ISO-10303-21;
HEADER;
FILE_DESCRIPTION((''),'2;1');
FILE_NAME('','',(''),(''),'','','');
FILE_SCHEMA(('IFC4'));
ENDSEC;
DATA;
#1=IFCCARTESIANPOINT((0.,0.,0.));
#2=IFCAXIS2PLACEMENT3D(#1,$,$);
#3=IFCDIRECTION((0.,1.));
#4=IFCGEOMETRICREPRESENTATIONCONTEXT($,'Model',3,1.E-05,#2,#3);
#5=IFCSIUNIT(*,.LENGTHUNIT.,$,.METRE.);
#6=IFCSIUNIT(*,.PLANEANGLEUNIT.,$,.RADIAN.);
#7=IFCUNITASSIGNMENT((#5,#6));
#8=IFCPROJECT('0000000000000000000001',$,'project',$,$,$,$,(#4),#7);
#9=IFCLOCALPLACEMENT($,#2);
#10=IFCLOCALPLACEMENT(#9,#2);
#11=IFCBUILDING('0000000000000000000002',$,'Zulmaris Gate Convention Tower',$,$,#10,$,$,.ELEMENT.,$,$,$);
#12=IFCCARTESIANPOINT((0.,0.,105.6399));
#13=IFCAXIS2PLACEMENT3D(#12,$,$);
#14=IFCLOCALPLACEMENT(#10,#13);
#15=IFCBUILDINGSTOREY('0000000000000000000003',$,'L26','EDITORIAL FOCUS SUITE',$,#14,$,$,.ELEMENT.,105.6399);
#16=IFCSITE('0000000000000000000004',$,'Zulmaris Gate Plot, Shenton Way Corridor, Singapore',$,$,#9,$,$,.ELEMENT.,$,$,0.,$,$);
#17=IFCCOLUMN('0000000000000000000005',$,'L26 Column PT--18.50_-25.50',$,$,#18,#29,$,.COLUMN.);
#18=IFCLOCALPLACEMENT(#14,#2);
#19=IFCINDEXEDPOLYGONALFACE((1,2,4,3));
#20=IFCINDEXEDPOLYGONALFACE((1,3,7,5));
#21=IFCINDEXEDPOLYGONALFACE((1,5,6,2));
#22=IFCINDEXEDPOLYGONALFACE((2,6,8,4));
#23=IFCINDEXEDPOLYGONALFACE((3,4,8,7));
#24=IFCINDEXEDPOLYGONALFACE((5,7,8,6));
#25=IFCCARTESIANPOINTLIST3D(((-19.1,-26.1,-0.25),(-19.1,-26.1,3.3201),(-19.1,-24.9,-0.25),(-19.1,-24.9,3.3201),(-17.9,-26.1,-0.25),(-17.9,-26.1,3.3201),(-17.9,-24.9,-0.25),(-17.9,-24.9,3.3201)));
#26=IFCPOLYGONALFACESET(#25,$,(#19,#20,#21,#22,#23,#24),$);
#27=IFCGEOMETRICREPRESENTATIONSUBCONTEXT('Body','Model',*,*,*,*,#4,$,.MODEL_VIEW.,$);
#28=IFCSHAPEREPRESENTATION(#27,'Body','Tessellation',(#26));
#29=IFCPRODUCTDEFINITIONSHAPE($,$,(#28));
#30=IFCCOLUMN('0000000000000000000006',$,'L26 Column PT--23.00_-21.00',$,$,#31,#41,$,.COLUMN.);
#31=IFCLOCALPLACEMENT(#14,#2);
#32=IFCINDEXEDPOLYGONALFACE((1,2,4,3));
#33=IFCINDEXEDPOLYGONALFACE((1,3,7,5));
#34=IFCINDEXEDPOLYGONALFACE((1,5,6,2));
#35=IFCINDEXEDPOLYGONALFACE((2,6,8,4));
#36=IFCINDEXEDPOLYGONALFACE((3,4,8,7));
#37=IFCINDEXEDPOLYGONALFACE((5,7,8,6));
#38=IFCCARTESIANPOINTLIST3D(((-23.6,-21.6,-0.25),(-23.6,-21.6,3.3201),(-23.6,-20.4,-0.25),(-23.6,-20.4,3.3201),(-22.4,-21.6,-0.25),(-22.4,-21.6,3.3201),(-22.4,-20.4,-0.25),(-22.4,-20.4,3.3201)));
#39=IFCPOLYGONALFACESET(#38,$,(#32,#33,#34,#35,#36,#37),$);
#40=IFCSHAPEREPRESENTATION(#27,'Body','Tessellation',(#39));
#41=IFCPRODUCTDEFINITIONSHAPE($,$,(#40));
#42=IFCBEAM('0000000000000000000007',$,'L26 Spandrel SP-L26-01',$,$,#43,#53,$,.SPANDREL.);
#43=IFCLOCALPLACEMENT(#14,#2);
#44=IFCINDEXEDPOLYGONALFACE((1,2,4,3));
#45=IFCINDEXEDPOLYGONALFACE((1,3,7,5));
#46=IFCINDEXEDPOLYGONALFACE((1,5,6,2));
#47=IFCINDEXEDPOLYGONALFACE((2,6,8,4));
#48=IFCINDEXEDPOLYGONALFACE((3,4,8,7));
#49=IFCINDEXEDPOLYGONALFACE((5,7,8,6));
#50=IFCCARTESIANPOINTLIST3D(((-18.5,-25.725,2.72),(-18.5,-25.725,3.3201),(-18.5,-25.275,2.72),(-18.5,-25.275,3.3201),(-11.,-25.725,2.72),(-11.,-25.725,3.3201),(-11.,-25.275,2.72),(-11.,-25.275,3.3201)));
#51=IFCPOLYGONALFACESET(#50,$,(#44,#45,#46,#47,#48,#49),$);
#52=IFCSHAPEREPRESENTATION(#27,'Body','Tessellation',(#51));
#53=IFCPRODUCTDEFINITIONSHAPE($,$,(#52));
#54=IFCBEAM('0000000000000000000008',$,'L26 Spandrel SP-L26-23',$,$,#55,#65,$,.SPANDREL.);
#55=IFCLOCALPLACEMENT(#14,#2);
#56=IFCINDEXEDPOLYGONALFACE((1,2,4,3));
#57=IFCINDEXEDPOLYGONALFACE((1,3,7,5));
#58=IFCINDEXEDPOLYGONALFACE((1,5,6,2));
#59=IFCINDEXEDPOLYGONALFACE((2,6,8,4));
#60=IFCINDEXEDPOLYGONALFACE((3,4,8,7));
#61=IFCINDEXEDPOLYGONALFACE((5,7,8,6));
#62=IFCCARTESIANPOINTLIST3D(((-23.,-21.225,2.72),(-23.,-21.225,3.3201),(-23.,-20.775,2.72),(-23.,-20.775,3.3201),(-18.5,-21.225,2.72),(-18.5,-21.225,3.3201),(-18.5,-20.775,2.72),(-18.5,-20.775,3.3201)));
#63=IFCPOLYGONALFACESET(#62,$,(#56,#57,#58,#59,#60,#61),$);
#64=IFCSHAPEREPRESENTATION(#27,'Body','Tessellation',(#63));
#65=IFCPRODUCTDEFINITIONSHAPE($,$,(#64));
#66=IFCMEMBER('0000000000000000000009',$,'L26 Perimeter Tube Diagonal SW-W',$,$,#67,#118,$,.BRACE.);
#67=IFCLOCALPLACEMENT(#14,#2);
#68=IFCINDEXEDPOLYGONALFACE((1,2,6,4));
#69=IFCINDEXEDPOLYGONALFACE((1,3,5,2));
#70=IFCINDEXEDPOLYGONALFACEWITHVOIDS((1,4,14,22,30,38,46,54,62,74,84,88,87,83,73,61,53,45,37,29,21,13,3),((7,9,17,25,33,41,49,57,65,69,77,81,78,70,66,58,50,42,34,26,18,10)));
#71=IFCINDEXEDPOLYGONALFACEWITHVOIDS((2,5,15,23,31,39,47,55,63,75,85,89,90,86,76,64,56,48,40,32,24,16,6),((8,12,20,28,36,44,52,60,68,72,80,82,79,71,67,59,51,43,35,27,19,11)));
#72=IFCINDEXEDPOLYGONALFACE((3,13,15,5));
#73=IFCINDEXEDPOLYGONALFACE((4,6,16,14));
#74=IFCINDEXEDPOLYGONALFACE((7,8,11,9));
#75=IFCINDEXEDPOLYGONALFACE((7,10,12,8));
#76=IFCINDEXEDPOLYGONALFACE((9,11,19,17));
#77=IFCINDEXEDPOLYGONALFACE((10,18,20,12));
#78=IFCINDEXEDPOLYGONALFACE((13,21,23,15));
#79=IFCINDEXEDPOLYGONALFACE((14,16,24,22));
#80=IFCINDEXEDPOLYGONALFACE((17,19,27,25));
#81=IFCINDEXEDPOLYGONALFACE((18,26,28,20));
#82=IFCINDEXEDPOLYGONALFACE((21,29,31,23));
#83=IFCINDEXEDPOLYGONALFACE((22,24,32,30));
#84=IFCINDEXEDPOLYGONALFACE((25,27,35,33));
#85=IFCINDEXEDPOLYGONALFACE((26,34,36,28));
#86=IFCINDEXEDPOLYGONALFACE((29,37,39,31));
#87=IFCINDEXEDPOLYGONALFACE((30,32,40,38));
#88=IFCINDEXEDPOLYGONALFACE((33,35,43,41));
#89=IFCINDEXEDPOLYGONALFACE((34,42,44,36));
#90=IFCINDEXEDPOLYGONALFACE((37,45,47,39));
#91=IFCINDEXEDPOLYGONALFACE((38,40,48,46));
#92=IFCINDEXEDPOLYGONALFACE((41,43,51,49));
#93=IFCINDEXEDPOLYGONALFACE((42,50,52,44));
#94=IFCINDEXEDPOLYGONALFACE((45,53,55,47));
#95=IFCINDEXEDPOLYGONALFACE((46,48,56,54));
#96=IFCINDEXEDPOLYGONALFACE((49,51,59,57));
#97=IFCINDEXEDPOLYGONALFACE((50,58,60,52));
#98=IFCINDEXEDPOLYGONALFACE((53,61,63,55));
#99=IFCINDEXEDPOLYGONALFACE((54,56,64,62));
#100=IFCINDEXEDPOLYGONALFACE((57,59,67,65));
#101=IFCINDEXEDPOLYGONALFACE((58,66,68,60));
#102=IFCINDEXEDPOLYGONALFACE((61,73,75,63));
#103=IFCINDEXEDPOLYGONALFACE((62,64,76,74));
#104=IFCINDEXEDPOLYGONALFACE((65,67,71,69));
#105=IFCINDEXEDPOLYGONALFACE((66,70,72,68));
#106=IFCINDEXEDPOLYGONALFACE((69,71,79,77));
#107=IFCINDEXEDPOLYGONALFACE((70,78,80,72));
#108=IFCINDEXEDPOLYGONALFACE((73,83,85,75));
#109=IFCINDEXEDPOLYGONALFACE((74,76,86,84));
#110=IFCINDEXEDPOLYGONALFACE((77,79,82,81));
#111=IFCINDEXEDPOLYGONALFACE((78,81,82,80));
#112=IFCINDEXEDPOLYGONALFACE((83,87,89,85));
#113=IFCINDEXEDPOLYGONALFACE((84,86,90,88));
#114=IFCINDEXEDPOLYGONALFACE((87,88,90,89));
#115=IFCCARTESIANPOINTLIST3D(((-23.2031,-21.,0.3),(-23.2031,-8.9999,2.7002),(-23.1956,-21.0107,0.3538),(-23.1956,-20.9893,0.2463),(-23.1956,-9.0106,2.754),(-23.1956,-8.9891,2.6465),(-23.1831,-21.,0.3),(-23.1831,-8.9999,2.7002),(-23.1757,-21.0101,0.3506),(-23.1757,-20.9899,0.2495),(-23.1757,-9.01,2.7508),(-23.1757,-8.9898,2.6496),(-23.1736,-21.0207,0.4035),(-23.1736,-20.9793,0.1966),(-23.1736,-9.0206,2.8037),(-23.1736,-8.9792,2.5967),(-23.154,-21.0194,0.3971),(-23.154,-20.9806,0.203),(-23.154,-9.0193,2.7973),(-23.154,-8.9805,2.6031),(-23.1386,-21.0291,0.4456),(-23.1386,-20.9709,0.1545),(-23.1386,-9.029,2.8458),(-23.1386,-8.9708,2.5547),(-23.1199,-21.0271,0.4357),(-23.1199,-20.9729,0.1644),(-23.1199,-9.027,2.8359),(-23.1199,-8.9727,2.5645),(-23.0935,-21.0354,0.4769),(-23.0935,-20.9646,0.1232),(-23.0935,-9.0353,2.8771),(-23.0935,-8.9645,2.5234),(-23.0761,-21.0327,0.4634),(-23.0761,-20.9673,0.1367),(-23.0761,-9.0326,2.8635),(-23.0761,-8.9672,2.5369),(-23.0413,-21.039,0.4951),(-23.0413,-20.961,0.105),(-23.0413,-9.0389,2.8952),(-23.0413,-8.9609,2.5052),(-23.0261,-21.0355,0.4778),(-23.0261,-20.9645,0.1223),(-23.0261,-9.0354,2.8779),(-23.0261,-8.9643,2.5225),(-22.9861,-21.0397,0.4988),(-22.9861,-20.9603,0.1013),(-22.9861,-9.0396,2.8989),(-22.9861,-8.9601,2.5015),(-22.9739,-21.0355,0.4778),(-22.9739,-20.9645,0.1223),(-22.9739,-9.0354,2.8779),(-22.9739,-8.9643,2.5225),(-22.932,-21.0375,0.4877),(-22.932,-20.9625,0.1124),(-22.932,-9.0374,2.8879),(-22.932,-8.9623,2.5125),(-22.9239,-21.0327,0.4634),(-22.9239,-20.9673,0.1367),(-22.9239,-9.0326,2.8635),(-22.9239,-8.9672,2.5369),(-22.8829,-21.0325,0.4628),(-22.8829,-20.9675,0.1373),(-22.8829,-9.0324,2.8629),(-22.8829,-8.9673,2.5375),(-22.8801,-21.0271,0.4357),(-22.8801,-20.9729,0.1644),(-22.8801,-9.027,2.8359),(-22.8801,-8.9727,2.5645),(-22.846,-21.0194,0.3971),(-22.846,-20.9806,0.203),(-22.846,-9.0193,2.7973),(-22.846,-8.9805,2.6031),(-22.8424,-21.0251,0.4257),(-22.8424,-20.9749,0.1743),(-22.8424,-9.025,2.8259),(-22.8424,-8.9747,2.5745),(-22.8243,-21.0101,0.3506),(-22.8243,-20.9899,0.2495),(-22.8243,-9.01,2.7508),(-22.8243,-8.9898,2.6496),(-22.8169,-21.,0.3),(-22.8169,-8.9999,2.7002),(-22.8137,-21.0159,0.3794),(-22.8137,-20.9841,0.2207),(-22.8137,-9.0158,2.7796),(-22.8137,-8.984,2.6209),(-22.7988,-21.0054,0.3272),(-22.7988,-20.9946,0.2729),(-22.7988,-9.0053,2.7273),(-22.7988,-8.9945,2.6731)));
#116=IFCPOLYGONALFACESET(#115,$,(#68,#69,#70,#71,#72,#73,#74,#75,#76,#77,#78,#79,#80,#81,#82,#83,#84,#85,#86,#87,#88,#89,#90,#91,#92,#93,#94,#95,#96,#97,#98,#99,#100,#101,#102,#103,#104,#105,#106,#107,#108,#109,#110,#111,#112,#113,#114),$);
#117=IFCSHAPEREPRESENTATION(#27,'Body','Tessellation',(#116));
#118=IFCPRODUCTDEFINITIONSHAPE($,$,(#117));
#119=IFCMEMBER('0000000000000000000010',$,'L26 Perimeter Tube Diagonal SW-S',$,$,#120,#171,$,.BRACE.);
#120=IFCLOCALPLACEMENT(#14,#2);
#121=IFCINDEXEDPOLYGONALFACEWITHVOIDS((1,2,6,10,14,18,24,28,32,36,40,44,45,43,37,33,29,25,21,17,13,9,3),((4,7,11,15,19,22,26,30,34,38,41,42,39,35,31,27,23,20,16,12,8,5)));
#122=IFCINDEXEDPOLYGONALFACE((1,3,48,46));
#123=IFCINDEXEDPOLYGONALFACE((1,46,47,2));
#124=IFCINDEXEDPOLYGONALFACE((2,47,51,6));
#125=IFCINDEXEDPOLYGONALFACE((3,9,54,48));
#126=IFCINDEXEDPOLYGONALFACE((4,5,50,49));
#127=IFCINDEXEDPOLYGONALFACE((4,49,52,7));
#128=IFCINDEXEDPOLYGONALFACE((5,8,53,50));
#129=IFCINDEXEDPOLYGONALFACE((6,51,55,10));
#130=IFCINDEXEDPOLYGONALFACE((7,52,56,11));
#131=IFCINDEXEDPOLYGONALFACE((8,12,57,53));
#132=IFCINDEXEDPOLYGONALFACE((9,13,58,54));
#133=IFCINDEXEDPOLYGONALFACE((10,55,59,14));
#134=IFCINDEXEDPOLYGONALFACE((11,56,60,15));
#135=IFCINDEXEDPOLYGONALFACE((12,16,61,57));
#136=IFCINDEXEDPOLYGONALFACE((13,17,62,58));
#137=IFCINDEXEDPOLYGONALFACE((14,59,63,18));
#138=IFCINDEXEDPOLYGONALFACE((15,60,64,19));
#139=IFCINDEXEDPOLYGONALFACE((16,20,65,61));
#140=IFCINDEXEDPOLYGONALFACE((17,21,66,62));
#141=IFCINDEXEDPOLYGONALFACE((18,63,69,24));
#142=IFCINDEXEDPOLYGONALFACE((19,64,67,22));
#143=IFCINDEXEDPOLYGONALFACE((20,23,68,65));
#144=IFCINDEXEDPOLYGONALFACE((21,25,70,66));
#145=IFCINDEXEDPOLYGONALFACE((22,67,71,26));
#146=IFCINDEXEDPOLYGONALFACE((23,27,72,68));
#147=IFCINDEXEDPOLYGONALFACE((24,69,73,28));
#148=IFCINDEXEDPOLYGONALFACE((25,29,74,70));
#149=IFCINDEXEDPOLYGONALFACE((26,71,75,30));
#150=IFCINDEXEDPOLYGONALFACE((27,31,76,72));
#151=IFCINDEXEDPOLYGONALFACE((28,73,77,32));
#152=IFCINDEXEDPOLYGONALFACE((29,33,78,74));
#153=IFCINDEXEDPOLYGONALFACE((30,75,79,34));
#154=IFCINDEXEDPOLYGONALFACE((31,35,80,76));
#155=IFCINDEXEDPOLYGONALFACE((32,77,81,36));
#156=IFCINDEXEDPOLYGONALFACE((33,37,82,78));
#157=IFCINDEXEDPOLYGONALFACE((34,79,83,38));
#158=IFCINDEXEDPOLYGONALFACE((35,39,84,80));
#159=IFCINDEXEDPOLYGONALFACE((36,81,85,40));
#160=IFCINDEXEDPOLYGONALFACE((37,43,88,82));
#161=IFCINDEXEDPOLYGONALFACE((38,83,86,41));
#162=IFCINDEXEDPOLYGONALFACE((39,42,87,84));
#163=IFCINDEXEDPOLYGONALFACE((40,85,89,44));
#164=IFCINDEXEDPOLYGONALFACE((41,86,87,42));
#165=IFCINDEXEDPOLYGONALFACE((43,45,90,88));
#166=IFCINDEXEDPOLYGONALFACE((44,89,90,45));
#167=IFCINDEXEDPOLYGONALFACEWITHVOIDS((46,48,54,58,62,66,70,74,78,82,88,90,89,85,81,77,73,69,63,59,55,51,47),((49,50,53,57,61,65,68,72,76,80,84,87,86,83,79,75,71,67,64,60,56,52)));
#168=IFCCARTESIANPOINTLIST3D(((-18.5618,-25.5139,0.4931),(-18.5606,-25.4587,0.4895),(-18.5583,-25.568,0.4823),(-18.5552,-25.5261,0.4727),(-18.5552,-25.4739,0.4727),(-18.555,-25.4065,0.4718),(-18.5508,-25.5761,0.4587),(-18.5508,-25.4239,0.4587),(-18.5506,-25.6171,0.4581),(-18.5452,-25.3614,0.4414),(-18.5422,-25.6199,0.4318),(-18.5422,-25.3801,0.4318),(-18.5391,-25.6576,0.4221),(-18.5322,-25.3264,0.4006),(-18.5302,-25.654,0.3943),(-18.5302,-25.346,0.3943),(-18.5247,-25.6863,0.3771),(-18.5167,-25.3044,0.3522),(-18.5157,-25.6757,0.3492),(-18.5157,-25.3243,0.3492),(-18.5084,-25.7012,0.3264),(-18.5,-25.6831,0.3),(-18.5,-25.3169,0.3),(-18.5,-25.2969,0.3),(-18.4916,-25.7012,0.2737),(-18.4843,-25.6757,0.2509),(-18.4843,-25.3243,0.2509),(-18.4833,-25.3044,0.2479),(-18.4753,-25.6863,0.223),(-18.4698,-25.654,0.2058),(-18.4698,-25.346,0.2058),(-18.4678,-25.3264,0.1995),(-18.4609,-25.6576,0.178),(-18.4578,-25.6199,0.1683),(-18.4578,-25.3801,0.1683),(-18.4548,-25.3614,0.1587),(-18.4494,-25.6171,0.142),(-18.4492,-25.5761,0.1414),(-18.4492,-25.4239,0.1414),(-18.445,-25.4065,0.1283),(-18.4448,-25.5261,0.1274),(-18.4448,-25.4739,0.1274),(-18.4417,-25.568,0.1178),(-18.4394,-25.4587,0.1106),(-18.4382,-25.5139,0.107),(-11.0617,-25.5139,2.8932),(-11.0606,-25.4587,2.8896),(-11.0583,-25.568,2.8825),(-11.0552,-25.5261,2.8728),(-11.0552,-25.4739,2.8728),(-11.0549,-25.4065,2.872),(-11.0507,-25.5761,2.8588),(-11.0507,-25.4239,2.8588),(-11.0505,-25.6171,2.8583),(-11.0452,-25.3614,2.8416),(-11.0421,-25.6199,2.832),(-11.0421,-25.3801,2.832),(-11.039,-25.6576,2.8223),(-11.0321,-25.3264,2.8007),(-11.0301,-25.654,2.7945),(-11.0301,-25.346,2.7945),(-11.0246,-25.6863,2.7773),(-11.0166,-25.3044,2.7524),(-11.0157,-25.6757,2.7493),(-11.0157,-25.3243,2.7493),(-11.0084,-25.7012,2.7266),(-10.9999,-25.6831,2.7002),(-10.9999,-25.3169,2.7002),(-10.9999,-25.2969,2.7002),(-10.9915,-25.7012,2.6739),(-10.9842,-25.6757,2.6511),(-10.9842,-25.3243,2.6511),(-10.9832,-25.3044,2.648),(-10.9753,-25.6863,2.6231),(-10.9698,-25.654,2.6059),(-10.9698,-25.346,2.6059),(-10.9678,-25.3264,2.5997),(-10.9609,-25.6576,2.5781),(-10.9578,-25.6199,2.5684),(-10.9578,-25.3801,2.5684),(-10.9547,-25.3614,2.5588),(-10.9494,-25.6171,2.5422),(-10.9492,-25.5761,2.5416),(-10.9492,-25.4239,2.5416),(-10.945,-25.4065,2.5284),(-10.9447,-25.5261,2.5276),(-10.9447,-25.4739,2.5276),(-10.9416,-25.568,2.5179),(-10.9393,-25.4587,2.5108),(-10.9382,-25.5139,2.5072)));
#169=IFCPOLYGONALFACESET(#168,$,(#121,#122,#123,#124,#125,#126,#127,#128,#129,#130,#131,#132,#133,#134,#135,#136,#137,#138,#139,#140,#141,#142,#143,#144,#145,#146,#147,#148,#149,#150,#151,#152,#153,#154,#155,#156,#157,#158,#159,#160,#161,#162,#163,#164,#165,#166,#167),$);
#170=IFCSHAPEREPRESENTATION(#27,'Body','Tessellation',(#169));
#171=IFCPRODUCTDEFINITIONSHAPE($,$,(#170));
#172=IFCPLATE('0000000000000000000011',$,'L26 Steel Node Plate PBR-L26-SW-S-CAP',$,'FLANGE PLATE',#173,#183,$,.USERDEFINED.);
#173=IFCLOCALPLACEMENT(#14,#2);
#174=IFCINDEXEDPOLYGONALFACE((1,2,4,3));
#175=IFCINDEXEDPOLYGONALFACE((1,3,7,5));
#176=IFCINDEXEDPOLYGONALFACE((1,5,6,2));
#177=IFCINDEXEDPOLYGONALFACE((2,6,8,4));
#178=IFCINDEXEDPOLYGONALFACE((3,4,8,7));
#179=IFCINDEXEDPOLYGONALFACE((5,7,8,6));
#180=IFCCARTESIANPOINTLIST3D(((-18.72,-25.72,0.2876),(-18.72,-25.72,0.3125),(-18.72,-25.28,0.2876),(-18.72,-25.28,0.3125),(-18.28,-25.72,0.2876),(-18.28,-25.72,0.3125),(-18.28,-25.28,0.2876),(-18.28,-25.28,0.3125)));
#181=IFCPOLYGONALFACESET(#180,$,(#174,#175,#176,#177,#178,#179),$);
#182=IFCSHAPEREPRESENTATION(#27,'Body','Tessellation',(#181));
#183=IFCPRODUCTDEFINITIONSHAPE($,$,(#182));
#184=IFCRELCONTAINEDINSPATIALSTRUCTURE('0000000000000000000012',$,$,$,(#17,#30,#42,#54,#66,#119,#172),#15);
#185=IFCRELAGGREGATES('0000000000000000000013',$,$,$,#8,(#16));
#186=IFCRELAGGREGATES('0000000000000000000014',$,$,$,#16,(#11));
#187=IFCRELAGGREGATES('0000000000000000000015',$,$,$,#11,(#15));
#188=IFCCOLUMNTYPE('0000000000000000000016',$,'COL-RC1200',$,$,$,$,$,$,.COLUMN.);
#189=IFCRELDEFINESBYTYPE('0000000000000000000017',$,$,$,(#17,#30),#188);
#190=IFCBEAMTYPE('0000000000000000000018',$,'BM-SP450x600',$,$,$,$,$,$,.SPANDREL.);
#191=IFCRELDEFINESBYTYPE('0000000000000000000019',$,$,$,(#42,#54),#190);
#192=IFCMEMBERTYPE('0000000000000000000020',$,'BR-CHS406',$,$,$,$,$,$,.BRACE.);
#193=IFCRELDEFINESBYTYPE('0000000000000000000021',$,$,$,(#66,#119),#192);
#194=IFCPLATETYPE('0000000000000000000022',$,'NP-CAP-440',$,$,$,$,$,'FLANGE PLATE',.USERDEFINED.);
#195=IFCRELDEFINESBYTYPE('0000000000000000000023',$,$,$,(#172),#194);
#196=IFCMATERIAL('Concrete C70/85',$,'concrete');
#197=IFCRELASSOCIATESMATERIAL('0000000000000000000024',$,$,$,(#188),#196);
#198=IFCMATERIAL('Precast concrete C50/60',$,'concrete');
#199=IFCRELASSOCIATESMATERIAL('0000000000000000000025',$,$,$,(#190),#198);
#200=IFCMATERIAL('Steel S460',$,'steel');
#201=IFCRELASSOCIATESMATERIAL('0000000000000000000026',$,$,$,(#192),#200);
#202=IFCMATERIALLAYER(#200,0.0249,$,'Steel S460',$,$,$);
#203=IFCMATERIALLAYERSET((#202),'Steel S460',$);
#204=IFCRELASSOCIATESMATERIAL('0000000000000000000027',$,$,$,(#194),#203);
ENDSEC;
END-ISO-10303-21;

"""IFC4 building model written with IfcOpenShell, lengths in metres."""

from ifc_helpers import new_model, si_unit, direction, frame, origin, origin_2d, place, context, subcontext, project, spatial, rectangle, hollow_circle, extrude, material, layer, layer_set, material_profile, profile_set, type_object, element, save


model = new_model("IFC4")

# Units and contexts
model_context = context("Model", 3, precision=1e-05, world=origin(), true_north=direction((0.0, 1.0)))
body_context = subcontext(model_context, "Body", "Model", "MODEL_VIEW")
ifc_project = project(units=[si_unit("LENGTHUNIT", "METRE"), si_unit("PLANEANGLEUNIT", "RADIAN")], contexts=[model_context])

# Site, building, storey
site_placement = place(None, origin())
site = spatial("IfcSite", under=ifc_project, at=site_placement, Name="Zulmaris Gate Plot, Shenton Way Corridor, Singapore", CompositionType="ELEMENT", RefElevation=0.0)
building_placement = place(site_placement, origin())
building = spatial("IfcBuilding", under=site, at=building_placement, Name="Zulmaris Gate Convention Tower", CompositionType="ELEMENT")
storey_placement = place(building_placement, frame((0.0, 0.0, 105.6399)))
storey = spatial("IfcBuildingStorey", under=building, at=storey_placement, Name="L26", Description="EDITORIAL FOCUS SUITE", CompositionType="ELEMENT", Elevation=105.6399)

# Columns
ifc_material_1 = material(Name="Concrete C70/85", Category="concrete")
ifc_material_profile_1 = material_profile(ifc_material_1, rectangle(XDim=1.2, YDim=1.2, at=origin_2d()), Name="RC COL 1200x1200")
ifc_profile_set_1 = profile_set([ifc_material_profile_1], Name="Concrete C70/85")
column_type = type_object("IfcColumnType", Name="COL-RC1200", PredefinedType="COLUMN", material=ifc_profile_set_1)
for number, where, z_axis, x_axis, name in (
    (1, (-18.5, -25.5, -0.25), (0.0, 0.0, 1.0), (1.0, 0.0, 0.0), "L26 Column PT--18.50_-25.50"),
    (2, (-23.0, -21.0, -0.25), (0.0, 0.0, 1.0), (1.0, 0.0, 0.0), "L26 Column PT--23.00_-21.00"),
):
    element("IfcColumn", number, at=place(storey_placement, frame(where, z_axis=z_axis, x_axis=x_axis)), inside=storey, type_object=column_type, Name=name, PredefinedType="COLUMN", context=body_context, shape_type="SweptSolid", body=[
        extrude(rectangle(XDim=1.2, YDim=1.2, at=origin_2d()), origin(), (0.0, 0.0, 1.0), 3.5701),
    ])

# Beams
ifc_material_2 = material(Name="Precast concrete C50/60", Category="concrete")
ifc_material_profile_2 = material_profile(ifc_material_2, rectangle(XDim=0.45, YDim=0.6001, at=origin_2d()), Name="RC SPANDREL 450x600")
ifc_profile_set_2 = profile_set([ifc_material_profile_2], Name="Precast concrete C50/60")
beam_type = type_object("IfcBeamType", Name="BM-SP450x600", PredefinedType="SPANDREL", material=ifc_profile_set_2)
beam_1_placement = place(storey_placement, frame((-18.5, -25.5, 3.02), z_axis=(1.0, 0.0, 0.0), x_axis=(0.0, 1.0, 0.0)))
element("IfcBeam", 3, at=beam_1_placement, inside=storey, type_object=beam_type, Name="L26 Spandrel SP-L26-01", PredefinedType="SPANDREL", context=body_context, shape_type="SweptSolid", body=[
    extrude(rectangle(XDim=0.45, YDim=0.6001, at=origin_2d()), origin(), (0.0, 0.0, 1.0), 7.5),
])
beam_2_placement = place(storey_placement, frame((-23.0, -21.0, 3.02), z_axis=(1.0, 0.0, 0.0), x_axis=(0.0, 1.0, 0.0)))
element("IfcBeam", 4, at=beam_2_placement, inside=storey, type_object=beam_type, Name="L26 Spandrel SP-L26-23", PredefinedType="SPANDREL", context=body_context, shape_type="SweptSolid", body=[
    extrude(rectangle(XDim=0.45, YDim=0.6001, at=origin_2d()), origin(), (0.0, 0.0, 1.0), 4.5),
])

# Members
ifc_material_3 = material(Name="Steel S460", Category="steel")
ifc_material_profile_3 = material_profile(ifc_material_3, hollow_circle(Radius=0.2031, WallThickness=0.02, at=origin_2d()), Name="CHS 406.4x20")
ifc_profile_set_3 = profile_set([ifc_material_profile_3], Name="Steel S460")
member_type = type_object("IfcMemberType", Name="BR-CHS406", PredefinedType="BRACE", material=ifc_profile_set_3)
member_1_placement = place(storey_placement, frame((-23.0, -21.0, 0.3), z_axis=(0.0, 0.980578, 0.196128), x_axis=(-1.0, 0.0, 0.0)))
element("IfcMember", 5, at=member_1_placement, inside=storey, type_object=member_type, Name="L26 Perimeter Tube Diagonal SW-W", PredefinedType="BRACE", context=body_context, shape_type="SweptSolid", body=[
    extrude(hollow_circle(Radius=0.2031, WallThickness=0.02, at=origin_2d()), origin(), (0.0, 0.0, 1.0), 12.2378),
])
member_2_placement = place(storey_placement, frame((-18.5, -25.5, 0.3), z_axis=(0.952419, 0.0, 0.304793), x_axis=(0.0, 1.0, 0.0)))
element("IfcMember", 6, at=member_2_placement, inside=storey, type_object=member_type, Name="L26 Perimeter Tube Diagonal SW-S", PredefinedType="BRACE", context=body_context, shape_type="SweptSolid", body=[
    extrude(hollow_circle(Radius=0.2031, WallThickness=0.02, at=origin_2d()), origin(), (0.0, 0.0, 1.0), 7.8748),
])

# Plate
ifc_layer_1 = layer(ifc_material_3, 0.0249, Name="Steel S460")
ifc_layer_set_1 = layer_set([ifc_layer_1], Name="Steel S460")
plate_type = type_object("IfcPlateType", Name="NP-CAP-440", ElementType="FLANGE PLATE", PredefinedType="USERDEFINED", material=ifc_layer_set_1)
plate_placement = place(storey_placement, frame((-18.5, -25.5, 0.2876), z_axis=(0.0, 0.0, 1.0), x_axis=(1.0, 0.0, 0.0)))
element("IfcPlate", 7, at=plate_placement, inside=storey, type_object=plate_type, Name="L26 Steel Node Plate PBR-L26-SW-S-CAP", ObjectType="FLANGE PLATE", PredefinedType="USERDEFINED", context=body_context, shape_type="SweptSolid", body=[
    extrude(rectangle(XDim=0.4399, YDim=0.4399, at=origin_2d()), origin(), (0.0, 0.0, 1.0), 0.0249),
])

save(model, "model.ifc")
